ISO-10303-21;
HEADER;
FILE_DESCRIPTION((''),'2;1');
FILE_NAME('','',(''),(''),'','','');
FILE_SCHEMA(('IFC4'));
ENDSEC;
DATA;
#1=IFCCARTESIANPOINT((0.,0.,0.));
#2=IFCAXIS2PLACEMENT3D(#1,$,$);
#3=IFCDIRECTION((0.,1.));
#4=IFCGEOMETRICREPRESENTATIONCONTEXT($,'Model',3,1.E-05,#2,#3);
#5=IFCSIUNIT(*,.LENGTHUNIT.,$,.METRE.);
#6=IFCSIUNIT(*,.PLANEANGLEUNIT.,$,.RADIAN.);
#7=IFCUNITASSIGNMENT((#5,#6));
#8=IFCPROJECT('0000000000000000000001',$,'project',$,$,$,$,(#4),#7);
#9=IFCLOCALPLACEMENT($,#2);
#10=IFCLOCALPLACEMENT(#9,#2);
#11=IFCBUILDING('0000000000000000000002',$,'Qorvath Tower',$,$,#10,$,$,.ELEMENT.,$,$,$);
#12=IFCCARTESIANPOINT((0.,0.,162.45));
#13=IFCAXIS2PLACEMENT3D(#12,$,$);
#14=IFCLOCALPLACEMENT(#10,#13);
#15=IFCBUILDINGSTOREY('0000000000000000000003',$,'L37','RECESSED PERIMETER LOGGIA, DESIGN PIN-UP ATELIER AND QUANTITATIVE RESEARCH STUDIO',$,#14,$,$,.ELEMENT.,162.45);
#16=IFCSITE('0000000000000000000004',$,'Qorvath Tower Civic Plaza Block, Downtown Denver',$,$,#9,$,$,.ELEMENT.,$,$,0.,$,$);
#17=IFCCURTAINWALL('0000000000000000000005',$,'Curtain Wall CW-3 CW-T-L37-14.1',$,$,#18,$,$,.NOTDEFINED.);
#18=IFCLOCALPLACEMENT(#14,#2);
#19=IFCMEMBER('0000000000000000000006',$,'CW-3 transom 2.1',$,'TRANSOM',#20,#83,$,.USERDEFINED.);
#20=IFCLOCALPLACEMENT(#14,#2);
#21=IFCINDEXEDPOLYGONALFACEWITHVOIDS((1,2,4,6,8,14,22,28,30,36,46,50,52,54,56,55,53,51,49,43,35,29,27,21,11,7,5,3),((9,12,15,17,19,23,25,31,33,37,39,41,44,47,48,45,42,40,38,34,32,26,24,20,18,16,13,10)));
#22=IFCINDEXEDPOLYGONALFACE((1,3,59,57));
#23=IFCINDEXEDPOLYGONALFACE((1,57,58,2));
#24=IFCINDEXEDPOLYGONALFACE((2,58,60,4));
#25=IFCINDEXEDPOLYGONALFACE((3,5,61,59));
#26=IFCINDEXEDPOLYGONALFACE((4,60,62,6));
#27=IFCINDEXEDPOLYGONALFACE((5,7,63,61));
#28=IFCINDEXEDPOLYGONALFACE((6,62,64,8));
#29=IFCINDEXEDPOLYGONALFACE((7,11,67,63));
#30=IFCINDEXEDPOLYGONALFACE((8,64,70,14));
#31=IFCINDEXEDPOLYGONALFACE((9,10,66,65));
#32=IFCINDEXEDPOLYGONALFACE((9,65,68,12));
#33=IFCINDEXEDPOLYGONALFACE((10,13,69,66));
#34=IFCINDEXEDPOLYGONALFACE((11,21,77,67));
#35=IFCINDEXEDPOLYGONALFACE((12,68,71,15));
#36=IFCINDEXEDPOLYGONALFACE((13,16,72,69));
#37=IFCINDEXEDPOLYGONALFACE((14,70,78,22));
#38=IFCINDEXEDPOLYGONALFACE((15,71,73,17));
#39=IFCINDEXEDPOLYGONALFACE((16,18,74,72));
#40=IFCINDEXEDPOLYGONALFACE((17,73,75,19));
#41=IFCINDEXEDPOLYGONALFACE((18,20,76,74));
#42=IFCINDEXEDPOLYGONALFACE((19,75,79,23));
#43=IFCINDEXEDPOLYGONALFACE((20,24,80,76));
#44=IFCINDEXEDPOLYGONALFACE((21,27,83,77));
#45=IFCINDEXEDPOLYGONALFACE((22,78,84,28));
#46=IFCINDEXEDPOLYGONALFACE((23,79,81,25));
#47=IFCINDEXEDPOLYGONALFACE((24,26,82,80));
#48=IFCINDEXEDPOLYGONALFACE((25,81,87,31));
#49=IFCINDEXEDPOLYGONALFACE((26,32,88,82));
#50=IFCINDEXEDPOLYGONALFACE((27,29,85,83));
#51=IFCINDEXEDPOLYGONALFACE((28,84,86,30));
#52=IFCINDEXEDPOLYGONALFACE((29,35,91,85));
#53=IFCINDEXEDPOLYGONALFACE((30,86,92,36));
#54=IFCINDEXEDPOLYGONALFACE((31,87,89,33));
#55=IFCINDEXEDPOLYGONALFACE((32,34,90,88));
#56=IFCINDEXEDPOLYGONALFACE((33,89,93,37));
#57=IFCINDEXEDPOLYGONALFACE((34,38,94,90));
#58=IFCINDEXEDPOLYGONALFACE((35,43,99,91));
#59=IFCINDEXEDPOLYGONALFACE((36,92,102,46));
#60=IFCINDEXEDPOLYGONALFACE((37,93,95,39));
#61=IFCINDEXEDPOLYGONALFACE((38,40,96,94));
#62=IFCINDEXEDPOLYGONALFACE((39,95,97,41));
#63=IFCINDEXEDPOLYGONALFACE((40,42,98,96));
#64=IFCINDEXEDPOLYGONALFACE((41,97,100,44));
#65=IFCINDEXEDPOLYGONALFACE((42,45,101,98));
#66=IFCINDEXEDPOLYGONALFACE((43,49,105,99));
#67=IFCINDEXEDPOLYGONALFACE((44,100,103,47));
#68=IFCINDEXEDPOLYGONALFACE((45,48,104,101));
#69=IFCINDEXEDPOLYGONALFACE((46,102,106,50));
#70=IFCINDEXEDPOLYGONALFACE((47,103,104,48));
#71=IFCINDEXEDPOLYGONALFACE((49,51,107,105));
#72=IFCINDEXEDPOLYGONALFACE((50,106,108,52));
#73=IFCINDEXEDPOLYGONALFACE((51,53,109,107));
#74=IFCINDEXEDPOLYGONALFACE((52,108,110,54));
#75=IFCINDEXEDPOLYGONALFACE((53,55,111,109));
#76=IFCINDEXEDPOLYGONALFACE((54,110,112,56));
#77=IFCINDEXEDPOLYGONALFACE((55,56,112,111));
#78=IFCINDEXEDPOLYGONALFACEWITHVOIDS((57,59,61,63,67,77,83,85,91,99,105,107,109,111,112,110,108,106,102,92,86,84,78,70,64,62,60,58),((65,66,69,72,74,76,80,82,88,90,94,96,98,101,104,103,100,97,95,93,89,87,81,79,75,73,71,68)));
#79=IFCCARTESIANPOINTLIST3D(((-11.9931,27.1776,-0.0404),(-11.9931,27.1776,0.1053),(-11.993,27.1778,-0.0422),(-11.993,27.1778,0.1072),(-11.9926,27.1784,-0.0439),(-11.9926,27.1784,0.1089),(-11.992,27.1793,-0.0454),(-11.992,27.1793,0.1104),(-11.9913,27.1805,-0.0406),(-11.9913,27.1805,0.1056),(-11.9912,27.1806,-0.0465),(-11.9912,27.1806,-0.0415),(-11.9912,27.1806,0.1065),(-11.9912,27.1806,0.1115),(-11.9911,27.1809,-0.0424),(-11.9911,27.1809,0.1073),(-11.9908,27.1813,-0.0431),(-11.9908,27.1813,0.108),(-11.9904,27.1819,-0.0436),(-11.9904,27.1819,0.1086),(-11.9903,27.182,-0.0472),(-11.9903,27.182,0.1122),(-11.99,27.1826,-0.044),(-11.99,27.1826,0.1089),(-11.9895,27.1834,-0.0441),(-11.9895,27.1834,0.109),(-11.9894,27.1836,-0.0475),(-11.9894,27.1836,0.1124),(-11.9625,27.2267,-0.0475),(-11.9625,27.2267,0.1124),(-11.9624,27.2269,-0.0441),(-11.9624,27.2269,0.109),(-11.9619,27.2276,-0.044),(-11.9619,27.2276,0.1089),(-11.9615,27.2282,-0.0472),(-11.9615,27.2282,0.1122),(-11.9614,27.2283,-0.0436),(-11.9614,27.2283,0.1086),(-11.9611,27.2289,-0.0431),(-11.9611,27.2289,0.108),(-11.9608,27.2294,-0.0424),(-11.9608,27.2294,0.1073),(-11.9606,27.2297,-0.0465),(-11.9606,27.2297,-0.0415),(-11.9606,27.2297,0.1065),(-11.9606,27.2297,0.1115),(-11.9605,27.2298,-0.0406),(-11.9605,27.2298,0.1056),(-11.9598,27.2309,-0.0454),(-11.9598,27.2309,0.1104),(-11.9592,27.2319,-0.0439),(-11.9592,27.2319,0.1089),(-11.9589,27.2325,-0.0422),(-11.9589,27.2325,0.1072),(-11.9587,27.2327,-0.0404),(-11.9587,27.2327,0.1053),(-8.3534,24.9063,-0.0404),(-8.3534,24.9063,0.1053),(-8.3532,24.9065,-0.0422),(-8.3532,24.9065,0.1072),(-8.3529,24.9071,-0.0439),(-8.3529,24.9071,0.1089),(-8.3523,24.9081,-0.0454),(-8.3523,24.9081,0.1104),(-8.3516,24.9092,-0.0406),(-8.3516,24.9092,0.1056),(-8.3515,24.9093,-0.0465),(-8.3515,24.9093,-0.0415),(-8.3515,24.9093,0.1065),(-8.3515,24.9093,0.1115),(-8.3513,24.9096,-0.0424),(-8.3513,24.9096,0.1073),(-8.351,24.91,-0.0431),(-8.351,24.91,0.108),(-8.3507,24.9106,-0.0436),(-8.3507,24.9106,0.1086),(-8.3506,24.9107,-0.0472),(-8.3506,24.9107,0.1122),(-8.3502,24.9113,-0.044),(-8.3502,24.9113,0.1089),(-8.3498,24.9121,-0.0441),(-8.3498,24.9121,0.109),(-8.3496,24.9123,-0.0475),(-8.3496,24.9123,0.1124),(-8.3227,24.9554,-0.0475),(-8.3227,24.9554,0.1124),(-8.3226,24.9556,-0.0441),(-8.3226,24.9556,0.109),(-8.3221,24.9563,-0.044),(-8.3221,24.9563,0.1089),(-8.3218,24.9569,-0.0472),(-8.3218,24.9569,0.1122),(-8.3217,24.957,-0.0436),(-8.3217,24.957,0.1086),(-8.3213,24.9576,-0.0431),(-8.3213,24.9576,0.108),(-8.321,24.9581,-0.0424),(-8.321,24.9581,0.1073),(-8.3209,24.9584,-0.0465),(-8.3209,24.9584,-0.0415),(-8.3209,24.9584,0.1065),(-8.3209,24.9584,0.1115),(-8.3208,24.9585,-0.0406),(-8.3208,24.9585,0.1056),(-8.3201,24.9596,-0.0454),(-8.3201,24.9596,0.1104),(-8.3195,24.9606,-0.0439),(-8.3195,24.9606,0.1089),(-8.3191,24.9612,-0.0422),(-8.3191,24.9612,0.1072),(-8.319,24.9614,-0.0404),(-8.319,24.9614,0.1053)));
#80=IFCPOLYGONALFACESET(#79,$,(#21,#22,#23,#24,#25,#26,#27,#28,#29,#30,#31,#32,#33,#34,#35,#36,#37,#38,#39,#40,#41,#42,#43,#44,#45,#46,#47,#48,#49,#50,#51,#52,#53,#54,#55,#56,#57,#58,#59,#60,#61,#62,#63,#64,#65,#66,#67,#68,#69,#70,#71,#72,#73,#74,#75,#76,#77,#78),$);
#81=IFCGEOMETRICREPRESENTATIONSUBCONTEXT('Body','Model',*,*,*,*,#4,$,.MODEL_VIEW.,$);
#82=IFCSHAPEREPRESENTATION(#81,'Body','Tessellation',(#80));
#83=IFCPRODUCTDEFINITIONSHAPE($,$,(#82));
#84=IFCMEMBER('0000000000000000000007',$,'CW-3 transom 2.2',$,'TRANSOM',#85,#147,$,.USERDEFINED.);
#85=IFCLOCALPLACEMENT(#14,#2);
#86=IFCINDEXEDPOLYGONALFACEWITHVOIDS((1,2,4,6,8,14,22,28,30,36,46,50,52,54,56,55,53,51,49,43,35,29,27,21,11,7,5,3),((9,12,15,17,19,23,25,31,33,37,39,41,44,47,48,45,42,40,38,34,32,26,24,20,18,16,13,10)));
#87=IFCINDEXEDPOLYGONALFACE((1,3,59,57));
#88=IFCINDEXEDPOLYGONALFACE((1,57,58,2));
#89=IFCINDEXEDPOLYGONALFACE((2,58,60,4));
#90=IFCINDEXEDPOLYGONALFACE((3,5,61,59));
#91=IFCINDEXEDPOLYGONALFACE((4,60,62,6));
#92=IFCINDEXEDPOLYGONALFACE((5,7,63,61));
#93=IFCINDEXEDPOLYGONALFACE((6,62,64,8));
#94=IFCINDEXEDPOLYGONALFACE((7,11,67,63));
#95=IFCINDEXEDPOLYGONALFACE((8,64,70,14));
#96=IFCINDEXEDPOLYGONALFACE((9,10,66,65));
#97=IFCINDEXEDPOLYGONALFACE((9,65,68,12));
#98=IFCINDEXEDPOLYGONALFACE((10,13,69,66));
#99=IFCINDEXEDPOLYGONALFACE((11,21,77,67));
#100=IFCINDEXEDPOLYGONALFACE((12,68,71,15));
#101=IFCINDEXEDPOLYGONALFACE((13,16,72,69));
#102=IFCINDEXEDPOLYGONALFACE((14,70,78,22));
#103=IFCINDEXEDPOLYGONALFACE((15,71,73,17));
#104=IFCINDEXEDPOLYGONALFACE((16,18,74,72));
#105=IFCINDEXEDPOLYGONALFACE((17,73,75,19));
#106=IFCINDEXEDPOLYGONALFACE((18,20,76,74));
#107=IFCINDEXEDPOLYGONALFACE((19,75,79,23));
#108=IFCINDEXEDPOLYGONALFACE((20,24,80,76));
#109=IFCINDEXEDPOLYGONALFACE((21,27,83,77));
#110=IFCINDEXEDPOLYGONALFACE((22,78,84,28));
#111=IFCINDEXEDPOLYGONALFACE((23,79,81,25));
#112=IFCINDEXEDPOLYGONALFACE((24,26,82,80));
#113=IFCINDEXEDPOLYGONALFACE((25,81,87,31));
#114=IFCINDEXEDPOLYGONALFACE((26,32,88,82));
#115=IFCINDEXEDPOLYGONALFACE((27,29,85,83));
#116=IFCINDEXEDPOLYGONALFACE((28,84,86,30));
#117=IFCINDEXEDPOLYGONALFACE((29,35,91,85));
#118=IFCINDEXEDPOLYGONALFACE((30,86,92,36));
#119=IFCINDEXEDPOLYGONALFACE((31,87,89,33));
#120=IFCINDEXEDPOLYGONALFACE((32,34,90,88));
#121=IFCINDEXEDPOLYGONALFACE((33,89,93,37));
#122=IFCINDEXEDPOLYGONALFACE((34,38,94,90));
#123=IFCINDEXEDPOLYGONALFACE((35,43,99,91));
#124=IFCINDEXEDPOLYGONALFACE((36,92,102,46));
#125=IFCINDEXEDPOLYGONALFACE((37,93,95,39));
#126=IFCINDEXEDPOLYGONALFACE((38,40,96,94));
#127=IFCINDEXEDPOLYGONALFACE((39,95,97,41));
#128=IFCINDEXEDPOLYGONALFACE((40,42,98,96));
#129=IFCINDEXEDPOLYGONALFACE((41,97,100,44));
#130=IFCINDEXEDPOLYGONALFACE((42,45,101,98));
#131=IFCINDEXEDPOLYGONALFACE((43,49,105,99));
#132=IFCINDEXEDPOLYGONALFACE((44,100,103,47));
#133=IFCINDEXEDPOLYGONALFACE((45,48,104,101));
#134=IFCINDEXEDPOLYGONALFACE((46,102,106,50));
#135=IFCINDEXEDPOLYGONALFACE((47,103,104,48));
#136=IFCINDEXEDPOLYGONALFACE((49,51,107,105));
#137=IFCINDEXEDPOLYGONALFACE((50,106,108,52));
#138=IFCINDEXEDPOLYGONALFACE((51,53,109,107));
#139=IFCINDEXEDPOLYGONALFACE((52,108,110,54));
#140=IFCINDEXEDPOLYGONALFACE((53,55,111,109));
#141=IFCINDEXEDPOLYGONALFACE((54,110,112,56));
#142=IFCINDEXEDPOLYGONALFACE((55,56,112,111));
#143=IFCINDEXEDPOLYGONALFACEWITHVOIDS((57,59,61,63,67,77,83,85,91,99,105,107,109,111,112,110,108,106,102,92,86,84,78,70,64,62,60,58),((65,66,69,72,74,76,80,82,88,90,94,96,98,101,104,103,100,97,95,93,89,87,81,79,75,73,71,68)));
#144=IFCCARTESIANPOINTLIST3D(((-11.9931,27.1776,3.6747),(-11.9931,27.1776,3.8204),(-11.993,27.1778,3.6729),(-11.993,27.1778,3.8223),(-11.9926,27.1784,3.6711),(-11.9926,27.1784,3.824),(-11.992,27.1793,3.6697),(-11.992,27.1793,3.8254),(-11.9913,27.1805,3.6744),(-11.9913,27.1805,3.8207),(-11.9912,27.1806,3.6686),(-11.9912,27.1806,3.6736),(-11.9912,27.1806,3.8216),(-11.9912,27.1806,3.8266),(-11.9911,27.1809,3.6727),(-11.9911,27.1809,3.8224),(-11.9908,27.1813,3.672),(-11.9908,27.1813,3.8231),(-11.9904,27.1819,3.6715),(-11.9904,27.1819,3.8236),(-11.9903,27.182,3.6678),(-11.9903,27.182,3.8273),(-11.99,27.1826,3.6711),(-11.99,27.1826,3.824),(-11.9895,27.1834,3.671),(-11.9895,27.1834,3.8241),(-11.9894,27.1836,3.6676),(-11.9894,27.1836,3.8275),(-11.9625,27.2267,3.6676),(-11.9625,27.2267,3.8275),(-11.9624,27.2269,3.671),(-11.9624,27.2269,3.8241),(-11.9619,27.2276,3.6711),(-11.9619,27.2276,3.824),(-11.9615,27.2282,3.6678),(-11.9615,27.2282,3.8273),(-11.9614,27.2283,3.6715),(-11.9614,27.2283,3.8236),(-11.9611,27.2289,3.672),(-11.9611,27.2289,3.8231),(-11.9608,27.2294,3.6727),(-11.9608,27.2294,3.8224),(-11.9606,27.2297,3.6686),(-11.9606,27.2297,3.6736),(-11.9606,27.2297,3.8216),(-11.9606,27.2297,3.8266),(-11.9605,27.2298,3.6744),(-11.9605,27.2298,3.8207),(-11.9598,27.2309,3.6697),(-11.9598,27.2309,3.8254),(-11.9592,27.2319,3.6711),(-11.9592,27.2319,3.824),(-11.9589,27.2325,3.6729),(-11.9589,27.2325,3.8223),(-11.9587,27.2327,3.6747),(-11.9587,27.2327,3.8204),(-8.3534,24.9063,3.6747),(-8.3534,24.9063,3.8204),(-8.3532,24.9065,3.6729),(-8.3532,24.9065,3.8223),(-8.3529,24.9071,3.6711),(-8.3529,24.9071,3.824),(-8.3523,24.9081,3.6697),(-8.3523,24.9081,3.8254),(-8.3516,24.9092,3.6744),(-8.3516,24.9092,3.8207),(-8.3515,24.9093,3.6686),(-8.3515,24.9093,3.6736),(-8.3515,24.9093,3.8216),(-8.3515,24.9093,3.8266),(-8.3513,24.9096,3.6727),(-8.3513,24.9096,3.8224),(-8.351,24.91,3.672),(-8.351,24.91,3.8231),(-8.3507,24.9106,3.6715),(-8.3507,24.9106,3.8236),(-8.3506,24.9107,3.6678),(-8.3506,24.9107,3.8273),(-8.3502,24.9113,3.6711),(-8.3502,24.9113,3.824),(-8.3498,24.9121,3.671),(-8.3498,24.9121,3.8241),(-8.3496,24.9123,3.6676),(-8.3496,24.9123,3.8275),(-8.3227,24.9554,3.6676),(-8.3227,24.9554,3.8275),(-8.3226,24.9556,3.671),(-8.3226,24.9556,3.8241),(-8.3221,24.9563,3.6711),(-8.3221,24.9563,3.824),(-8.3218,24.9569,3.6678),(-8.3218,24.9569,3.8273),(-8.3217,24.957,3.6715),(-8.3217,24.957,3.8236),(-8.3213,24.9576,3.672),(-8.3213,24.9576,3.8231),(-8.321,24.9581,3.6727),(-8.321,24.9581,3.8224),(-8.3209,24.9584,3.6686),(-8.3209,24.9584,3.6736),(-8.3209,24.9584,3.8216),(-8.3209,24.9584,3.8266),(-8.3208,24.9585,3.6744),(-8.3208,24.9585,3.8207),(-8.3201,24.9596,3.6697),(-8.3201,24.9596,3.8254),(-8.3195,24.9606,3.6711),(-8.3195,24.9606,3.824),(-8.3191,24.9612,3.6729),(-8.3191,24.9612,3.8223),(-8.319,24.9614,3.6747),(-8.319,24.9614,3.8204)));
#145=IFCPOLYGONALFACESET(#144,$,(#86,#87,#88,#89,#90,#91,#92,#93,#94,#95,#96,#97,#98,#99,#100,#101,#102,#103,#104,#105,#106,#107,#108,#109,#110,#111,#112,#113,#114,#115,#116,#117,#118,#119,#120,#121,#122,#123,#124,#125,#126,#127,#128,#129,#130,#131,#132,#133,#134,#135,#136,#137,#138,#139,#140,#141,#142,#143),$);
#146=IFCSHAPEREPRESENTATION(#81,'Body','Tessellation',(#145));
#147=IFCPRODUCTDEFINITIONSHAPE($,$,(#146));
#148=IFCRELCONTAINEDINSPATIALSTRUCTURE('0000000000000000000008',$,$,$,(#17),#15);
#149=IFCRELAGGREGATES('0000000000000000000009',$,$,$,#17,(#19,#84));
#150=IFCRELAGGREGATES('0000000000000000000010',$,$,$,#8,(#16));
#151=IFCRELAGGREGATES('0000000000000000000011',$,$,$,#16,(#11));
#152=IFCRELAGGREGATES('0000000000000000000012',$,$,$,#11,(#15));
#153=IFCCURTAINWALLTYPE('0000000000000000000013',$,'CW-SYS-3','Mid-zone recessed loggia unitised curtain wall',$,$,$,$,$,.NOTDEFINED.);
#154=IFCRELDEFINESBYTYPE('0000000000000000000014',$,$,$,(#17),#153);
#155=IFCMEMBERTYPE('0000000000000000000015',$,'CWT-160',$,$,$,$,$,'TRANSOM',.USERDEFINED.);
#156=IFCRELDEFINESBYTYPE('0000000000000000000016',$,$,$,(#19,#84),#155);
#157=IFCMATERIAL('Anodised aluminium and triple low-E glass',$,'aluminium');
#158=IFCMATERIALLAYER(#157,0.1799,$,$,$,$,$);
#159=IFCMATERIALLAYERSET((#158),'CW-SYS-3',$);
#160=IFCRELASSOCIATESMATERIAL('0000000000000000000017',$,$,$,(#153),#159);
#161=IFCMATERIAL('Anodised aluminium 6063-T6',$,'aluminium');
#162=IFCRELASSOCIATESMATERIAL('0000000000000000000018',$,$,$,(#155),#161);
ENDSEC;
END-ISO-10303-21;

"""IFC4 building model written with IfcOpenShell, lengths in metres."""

from ifc_helpers import new_model, si_unit, direction, frame, origin, origin_2d, place, context, subcontext, project, spatial, hollow_rectangle, extrude, material, layer, layer_set, material_profile, profile_set, type_object, element, aggregate, save


model = new_model("IFC4")

# Units and contexts
model_context = context("Model", 3, precision=1e-05, world=origin(), true_north=direction((0.0, 1.0)))
body_context = subcontext(model_context, "Body", "Model", "MODEL_VIEW")
ifc_project = project(units=[si_unit("LENGTHUNIT", "METRE"), si_unit("PLANEANGLEUNIT", "RADIAN")], contexts=[model_context])

# Site, building, storey
site_placement = place(None, origin())
site = spatial("IfcSite", under=ifc_project, at=site_placement, Name="Qorvath Tower Civic Plaza Block, Downtown Denver", CompositionType="ELEMENT", RefElevation=0.0)
building_placement = place(site_placement, origin())
building = spatial("IfcBuilding", under=site, at=building_placement, Name="Qorvath Tower", CompositionType="ELEMENT")
storey_placement = place(building_placement, frame((0.0, 0.0, 162.45)))
storey = spatial("IfcBuildingStorey", under=building, at=storey_placement, Name="L37", Description="RECESSED PERIMETER LOGGIA, DESIGN PIN-UP ATELIER AND QUANTITATIVE RESEARCH STUDIO", CompositionType="ELEMENT", Elevation=162.45)

# Shared definitions
ifc_material_1 = material(Name="Anodised aluminium and triple low-E glass", Category="aluminium")
ifc_layer_1 = layer(ifc_material_1, 0.1799)
ifc_layer_set_1 = layer_set([ifc_layer_1], Name="CW-SYS-3")
curtain_wall_type = type_object("IfcCurtainWallType", Name="CW-SYS-3", Description="Mid-zone recessed loggia unitised curtain wall", PredefinedType="NOTDEFINED", material=ifc_layer_set_1)

# Curtain wall
curtain_wall_1_placement = place(storey_placement, origin())
curtain_wall_1 = element("IfcCurtainWall", 1, at=curtain_wall_1_placement, inside=storey, type_object=curtain_wall_type, Name="Curtain Wall CW-3 CW-T-L37-14.1", PredefinedType="NOTDEFINED")

# Members
ifc_material_2 = material(Name="Anodised aluminium 6063-T6", Category="aluminium")
ifc_material_profile_1 = material_profile(ifc_material_2, hollow_rectangle(XDim=0.0649, YDim=0.1599, WallThickness=0.0034, InnerFilletRadius=0.0034, OuterFilletRadius=0.0071, at=origin_2d()), Name="CWT 160x65")
ifc_profile_set_1 = profile_set([ifc_material_profile_1], Name="Anodised aluminium 6063-T6")
member_type_1 = type_object("IfcMemberType", Name="CWT-160", ElementType="TRANSOM", PredefinedType="USERDEFINED", material=ifc_profile_set_1)
member_1_placement = place(storey_placement, frame((-8.3362, 24.9338, 0.0325), z_axis=(-0.848369, 0.529405, 0.0), x_axis=(-0.529405, -0.848369, 0.0)))
member_1 = element("IfcMember", 2, at=member_1_placement, type_object=member_type_1, Name="CW-3 transom 2.1", ObjectType="TRANSOM", PredefinedType="USERDEFINED", context=body_context, shape_type="SweptSolid", body=[
    extrude(hollow_rectangle(XDim=0.0649, YDim=0.1599, WallThickness=0.0034, InnerFilletRadius=0.0034, OuterFilletRadius=0.0071, at=origin_2d()), origin(), (0.0, 0.0, 1.0), 4.2903),
])
member_2_placement = place(storey_placement, frame((-8.3362, 24.9338, 3.7476), z_axis=(-0.848369, 0.529405, 0.0), x_axis=(-0.529405, -0.848369, 0.0)))
member_2 = element("IfcMember", 3, at=member_2_placement, type_object=member_type_1, Name="CW-3 transom 2.2", ObjectType="TRANSOM", PredefinedType="USERDEFINED", context=body_context, shape_type="SweptSolid", body=[
    extrude(hollow_rectangle(XDim=0.0649, YDim=0.1599, WallThickness=0.0034, InnerFilletRadius=0.0034, OuterFilletRadius=0.0071, at=origin_2d()), origin(), (0.0, 0.0, 1.0), 4.2903),
])

aggregate(curtain_wall_1, [member_1, member_2])

save(model, "model.ifc")
